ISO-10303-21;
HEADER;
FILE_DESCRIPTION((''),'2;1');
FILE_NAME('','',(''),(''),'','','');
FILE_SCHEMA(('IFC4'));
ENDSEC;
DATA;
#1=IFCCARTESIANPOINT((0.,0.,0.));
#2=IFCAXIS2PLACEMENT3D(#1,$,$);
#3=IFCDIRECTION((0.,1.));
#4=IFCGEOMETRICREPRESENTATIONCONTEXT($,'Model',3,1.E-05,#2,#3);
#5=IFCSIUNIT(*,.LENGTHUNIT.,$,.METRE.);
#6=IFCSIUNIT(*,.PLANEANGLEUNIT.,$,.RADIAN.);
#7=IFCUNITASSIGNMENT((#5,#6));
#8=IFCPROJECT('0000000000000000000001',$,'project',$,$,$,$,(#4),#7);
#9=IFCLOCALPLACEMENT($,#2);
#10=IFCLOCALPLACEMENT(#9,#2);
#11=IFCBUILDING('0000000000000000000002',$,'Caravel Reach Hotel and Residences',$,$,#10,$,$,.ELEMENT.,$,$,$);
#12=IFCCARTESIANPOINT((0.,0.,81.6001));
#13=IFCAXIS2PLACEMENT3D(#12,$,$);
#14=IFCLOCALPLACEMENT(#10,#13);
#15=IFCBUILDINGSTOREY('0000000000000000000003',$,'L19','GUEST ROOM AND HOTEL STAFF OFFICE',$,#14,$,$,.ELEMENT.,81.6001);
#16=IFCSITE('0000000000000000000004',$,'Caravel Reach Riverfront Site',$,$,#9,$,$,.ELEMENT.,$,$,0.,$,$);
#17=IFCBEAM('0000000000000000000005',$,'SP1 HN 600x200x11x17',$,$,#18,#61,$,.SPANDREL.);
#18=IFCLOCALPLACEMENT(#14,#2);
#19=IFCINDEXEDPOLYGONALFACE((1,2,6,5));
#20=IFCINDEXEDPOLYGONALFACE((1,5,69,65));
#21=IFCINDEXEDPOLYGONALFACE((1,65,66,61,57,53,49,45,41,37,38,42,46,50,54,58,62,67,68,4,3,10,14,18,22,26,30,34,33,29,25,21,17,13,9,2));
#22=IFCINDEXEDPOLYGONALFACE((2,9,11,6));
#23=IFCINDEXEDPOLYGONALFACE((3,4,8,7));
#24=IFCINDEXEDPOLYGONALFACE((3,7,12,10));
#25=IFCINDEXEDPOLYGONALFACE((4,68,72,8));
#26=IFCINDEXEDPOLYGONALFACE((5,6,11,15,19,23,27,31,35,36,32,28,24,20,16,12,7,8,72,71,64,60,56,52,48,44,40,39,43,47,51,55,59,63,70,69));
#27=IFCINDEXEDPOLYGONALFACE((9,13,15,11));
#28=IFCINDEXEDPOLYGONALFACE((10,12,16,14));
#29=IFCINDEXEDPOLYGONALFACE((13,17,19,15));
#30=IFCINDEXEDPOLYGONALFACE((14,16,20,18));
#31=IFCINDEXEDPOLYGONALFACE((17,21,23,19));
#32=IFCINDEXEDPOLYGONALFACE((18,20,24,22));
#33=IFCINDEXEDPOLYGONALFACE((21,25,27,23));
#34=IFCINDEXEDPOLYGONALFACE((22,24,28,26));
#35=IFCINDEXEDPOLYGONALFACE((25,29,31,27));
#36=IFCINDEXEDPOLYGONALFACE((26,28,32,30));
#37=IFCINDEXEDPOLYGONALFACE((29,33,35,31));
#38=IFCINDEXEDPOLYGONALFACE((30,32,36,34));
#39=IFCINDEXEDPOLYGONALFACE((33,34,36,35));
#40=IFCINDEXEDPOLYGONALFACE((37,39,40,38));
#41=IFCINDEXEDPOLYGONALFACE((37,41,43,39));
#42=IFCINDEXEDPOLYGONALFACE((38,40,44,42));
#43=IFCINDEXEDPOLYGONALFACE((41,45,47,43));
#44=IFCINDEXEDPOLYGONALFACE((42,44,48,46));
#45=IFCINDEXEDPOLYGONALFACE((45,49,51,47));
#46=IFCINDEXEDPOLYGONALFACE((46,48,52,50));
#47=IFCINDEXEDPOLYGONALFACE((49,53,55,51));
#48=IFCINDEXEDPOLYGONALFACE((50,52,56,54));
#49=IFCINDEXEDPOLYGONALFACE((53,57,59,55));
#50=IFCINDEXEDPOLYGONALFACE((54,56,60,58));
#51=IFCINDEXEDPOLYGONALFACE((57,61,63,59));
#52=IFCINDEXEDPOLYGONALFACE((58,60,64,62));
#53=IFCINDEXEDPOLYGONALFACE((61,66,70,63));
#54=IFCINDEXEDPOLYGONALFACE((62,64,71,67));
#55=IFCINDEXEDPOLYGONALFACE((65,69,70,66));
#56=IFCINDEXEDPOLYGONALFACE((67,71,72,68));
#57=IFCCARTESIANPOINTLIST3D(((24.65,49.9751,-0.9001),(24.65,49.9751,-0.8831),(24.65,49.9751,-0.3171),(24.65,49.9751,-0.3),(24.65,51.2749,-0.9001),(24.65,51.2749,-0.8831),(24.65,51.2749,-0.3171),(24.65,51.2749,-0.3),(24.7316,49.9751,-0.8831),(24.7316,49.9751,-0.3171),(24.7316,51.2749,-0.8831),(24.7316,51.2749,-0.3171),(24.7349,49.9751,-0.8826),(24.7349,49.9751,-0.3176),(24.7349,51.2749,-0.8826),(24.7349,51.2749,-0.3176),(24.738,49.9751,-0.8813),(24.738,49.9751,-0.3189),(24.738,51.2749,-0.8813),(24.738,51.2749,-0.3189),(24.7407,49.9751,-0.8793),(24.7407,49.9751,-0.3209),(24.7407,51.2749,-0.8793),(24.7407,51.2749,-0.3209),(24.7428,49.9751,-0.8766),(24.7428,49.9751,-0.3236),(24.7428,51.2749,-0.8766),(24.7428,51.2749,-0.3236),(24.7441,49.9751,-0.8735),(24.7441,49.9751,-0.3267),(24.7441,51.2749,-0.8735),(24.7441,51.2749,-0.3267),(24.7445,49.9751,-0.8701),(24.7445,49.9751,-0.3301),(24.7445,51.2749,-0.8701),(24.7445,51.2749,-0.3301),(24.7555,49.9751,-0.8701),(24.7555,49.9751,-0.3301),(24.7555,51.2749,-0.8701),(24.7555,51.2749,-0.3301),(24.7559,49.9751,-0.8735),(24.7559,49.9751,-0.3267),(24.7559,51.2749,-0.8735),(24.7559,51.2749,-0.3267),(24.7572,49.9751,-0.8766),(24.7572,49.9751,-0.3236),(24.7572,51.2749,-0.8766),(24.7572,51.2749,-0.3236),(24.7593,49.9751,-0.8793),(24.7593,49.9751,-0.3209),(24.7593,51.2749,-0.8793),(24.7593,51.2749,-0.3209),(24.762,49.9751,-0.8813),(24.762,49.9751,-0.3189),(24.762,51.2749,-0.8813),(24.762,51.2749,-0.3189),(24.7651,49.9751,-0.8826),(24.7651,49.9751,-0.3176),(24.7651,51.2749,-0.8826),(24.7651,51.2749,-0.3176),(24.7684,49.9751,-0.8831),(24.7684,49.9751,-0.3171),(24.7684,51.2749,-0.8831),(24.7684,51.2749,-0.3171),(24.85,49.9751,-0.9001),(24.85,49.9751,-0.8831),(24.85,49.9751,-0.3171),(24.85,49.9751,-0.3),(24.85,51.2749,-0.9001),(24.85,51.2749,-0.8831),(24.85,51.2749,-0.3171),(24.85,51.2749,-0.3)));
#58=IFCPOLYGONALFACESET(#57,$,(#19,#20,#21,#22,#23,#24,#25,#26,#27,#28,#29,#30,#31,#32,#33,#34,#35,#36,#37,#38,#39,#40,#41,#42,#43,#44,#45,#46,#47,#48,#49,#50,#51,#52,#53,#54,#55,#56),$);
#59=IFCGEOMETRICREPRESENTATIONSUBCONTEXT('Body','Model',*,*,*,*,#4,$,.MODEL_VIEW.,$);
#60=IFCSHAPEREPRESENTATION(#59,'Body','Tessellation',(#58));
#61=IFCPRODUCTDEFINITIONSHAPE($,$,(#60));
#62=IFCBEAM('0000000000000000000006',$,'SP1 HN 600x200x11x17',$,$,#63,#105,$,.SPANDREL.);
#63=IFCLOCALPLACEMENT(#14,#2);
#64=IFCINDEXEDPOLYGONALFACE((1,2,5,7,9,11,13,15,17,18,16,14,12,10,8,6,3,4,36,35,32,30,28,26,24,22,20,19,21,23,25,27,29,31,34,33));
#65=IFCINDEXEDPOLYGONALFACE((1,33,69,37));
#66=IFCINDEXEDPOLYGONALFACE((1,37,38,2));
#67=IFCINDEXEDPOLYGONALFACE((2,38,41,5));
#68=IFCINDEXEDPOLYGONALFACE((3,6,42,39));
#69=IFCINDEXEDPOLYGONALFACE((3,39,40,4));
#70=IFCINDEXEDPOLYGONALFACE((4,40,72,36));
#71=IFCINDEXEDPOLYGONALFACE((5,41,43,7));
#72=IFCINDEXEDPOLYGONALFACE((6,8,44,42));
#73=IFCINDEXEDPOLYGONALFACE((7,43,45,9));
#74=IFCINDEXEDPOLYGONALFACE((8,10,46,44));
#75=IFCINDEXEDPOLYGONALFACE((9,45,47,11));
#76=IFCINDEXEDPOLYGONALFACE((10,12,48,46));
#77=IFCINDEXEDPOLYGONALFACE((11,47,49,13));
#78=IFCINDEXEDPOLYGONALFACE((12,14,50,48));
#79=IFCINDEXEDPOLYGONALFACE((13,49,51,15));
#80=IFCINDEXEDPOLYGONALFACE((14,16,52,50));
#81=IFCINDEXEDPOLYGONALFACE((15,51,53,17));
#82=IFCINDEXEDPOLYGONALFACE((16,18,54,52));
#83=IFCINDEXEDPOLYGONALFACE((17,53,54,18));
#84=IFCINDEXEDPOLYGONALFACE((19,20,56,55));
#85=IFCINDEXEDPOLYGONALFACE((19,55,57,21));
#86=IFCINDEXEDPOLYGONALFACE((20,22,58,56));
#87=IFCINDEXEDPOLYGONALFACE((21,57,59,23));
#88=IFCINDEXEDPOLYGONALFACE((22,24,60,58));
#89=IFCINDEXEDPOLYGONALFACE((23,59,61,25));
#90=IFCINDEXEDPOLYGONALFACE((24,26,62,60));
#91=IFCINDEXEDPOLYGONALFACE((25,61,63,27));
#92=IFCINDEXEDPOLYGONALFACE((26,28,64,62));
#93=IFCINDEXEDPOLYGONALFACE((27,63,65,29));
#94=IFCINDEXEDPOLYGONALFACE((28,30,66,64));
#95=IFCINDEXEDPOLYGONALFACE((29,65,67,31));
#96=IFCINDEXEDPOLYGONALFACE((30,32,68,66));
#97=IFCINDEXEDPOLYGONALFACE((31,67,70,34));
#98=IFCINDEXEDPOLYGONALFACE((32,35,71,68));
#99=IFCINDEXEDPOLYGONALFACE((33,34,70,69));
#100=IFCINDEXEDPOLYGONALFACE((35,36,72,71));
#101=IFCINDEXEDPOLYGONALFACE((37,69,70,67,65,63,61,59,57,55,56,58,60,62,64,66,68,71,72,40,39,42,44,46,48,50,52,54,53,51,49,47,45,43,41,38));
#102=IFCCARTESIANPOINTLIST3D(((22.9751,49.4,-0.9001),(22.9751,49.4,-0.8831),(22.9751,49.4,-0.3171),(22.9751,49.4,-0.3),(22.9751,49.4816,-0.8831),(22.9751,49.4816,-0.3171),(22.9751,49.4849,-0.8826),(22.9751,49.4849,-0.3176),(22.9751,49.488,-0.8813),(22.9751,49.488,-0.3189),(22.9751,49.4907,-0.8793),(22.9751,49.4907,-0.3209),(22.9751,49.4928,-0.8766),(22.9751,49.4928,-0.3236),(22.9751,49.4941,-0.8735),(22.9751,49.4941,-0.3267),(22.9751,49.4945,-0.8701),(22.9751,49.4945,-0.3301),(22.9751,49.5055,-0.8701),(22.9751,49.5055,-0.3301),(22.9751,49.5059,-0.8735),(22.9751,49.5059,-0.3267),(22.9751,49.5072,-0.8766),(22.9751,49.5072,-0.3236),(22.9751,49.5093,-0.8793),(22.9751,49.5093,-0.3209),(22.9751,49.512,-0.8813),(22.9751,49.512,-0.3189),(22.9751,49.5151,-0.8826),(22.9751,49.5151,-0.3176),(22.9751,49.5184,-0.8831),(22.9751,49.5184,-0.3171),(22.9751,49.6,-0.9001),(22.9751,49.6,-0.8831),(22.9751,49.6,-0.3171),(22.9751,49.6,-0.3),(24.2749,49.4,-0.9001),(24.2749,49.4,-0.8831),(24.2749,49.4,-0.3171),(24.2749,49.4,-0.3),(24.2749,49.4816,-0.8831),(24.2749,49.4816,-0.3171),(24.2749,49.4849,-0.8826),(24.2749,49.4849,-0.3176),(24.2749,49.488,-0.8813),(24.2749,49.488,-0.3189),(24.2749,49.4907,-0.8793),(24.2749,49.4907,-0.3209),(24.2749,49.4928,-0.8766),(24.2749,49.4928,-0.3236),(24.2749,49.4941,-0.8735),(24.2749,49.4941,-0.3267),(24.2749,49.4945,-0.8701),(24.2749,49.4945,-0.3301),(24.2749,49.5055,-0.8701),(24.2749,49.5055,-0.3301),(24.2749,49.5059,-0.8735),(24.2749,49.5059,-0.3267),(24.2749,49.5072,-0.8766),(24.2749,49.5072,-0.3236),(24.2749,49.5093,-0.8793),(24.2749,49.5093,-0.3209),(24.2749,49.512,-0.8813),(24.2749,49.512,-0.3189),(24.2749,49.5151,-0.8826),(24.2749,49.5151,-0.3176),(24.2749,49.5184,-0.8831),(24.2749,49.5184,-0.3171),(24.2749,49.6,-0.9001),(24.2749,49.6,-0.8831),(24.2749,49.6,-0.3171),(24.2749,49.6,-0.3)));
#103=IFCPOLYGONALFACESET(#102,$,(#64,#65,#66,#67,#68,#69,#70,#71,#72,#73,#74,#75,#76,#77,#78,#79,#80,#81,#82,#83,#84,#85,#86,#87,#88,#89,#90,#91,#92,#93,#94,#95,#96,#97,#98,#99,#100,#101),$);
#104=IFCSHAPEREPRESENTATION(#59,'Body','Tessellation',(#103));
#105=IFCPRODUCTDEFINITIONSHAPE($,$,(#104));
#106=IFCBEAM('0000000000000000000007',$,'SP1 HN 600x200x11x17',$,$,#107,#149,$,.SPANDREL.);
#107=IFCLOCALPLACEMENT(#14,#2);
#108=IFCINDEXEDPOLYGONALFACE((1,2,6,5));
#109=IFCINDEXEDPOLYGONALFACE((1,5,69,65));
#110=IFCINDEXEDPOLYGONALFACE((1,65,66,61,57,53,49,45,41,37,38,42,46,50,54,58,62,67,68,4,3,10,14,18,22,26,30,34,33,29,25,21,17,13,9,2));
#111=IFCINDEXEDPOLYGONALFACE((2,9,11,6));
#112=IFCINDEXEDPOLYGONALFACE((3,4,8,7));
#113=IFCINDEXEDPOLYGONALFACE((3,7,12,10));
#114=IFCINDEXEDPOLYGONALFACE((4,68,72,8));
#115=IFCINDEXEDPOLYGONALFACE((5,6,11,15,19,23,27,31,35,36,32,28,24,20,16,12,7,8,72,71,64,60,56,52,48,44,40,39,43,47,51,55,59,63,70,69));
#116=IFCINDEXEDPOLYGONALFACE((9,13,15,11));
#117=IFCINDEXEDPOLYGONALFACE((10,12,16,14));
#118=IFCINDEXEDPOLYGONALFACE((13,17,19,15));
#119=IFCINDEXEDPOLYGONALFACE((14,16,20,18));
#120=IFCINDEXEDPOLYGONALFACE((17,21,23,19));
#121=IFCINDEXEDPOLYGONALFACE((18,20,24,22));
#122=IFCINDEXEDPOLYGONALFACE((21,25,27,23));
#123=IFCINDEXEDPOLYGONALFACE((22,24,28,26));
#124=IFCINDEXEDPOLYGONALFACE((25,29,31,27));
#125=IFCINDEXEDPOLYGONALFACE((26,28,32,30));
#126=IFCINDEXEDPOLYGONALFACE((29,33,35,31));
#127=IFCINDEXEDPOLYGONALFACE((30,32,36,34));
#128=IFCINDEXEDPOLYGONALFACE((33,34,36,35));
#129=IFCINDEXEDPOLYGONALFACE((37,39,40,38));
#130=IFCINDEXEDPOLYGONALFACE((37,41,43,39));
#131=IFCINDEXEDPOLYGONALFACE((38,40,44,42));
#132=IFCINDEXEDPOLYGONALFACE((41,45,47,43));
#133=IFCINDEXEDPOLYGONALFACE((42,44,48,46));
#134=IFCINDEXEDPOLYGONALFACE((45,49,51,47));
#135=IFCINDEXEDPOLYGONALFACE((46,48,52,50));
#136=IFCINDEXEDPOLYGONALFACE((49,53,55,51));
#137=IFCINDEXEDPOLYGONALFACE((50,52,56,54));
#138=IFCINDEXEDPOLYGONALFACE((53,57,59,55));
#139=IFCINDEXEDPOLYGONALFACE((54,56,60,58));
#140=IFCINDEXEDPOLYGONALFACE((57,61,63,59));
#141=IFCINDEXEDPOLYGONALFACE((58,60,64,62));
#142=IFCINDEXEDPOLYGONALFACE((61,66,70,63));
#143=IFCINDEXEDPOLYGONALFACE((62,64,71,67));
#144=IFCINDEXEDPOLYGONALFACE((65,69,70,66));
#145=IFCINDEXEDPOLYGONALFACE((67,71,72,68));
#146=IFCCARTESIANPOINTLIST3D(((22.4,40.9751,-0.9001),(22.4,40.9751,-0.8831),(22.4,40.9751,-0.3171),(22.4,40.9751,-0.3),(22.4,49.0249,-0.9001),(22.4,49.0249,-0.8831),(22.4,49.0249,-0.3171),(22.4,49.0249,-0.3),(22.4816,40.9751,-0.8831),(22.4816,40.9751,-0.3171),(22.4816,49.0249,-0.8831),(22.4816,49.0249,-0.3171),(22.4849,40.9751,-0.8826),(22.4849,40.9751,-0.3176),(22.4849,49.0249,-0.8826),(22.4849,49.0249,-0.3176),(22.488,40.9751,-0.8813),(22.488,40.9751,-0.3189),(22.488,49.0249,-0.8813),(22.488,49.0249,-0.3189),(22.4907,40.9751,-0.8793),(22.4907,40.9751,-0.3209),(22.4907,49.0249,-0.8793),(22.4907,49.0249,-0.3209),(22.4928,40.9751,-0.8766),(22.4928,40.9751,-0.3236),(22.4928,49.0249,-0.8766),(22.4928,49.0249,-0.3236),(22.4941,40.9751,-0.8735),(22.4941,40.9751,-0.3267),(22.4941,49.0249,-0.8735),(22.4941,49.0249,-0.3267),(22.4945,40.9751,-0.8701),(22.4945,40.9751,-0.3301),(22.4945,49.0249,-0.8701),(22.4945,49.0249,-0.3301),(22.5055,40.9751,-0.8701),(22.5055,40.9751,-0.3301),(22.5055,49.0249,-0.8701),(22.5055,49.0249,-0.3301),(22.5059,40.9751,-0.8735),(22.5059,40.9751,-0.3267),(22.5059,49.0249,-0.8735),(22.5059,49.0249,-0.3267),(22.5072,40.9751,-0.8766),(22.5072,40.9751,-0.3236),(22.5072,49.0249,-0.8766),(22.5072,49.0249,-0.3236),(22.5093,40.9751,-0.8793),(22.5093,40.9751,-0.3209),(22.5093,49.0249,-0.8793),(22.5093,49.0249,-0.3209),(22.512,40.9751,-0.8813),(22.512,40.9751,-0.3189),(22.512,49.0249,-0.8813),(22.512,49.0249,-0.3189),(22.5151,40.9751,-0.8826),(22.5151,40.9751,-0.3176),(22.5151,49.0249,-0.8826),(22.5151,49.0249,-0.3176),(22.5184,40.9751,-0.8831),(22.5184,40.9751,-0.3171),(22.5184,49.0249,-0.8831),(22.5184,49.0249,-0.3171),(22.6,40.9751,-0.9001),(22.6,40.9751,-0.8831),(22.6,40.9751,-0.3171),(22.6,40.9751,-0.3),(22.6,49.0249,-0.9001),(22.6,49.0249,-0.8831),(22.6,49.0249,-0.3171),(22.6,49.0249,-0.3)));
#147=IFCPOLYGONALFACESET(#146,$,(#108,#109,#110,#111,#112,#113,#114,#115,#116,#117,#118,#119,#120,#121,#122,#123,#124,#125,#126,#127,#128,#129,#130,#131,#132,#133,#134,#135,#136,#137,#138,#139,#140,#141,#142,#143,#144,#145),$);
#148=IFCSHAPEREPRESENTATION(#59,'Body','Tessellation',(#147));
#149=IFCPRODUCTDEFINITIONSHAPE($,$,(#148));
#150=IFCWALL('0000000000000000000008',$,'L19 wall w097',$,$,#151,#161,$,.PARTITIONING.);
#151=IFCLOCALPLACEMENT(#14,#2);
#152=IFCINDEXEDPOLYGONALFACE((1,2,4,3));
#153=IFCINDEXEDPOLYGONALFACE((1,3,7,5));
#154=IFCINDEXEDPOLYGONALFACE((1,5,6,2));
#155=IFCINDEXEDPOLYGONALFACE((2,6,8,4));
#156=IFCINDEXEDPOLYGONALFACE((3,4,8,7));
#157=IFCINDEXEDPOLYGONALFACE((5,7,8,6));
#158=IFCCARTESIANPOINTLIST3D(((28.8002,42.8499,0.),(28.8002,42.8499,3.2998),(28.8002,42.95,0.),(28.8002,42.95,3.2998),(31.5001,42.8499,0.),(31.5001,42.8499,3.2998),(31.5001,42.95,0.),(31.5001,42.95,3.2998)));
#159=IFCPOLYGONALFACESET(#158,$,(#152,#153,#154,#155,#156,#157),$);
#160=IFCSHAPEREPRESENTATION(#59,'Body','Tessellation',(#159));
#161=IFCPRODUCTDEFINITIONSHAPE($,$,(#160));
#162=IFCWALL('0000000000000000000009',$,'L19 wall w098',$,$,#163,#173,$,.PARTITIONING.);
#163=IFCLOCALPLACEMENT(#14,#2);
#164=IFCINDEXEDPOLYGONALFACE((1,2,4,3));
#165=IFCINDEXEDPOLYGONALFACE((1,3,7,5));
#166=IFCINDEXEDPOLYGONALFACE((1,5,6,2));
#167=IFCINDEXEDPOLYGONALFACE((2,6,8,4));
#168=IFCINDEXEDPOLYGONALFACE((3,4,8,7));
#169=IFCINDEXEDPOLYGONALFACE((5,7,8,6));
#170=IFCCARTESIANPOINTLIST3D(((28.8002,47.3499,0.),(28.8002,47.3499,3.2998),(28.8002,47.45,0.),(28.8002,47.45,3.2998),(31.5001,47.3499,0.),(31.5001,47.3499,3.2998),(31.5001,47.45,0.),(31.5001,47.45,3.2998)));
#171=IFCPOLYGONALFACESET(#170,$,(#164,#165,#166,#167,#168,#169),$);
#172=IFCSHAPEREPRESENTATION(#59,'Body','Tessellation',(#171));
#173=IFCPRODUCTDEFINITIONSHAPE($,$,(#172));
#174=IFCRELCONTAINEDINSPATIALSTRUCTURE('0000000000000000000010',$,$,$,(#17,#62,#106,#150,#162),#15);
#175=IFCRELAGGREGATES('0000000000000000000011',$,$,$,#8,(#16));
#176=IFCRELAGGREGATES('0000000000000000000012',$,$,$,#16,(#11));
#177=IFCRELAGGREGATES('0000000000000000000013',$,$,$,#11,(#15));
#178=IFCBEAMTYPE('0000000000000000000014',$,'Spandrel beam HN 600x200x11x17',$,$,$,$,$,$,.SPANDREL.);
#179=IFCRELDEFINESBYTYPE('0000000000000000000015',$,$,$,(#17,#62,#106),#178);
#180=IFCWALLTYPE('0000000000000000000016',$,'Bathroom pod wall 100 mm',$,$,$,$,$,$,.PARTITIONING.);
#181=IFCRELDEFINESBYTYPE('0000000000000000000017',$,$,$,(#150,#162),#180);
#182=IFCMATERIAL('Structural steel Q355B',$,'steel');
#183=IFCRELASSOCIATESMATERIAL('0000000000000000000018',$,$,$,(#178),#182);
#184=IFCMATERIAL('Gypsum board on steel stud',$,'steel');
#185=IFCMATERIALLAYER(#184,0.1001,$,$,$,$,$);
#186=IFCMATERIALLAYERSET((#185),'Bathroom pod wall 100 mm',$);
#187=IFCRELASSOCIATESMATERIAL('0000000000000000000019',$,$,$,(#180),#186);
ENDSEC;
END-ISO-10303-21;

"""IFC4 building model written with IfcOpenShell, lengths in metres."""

from ifc_helpers import new_model, si_unit, direction, frame, frame_2d, origin, origin_2d, place, context, subcontext, project, spatial, rectangle, i_section, extrude, material, layer, layer_set, material_profile, profile_set, type_object, element, save


model = new_model("IFC4")

# Units and contexts
model_context = context("Model", 3, precision=1e-05, world=origin(), true_north=direction((0.0, 1.0)))
body_context = subcontext(model_context, "Body", "Model", "MODEL_VIEW")
ifc_project = project(units=[si_unit("LENGTHUNIT", "METRE"), si_unit("PLANEANGLEUNIT", "RADIAN")], contexts=[model_context])

# Site, building, storey
site_placement = place(None, origin())
site = spatial("IfcSite", under=ifc_project, at=site_placement, Name="Caravel Reach Riverfront Site", CompositionType="ELEMENT", RefElevation=0.0)
building_placement = place(site_placement, origin())
building = spatial("IfcBuilding", under=site, at=building_placement, Name="Caravel Reach Hotel and Residences", CompositionType="ELEMENT")
storey_placement = place(building_placement, frame((0.0, 0.0, 81.6001)))
storey = spatial("IfcBuildingStorey", under=building, at=storey_placement, Name="L19", Description="GUEST ROOM AND HOTEL STAFF OFFICE", CompositionType="ELEMENT", Elevation=81.6001)

# Beams
ifc_material_1 = material(Name="Structural steel Q355B", Category="steel")
ifc_material_profile_1 = material_profile(ifc_material_1, i_section(OverallWidth=0.2, OverallDepth=0.6001, WebThickness=0.011, FlangeThickness=0.0171, FilletRadius=0.0129, at=origin_2d()), Name="HN 600x200x11x17")
ifc_profile_set_1 = profile_set([ifc_material_profile_1], Name="Structural steel Q355B")
beam_type = type_object("IfcBeamType", Name="Spandrel beam HN 600x200x11x17", PredefinedType="SPANDREL", material=ifc_profile_set_1)
for number, where, z_axis, x_axis, name in (
    (1, (24.75, 51.2749, -0.6001), (0.0, -1.0, 0.0), (1.0, 0.0, 0.0), "SP1 HN 600x200x11x17"),
    (2, (24.2749, 49.5, -0.6001), (-1.0, 0.0, 0.0), (0.0, -1.0, 0.0), "SP1 HN 600x200x11x17"),
):
    element("IfcBeam", number, at=place(storey_placement, frame(where, z_axis=z_axis, x_axis=x_axis)), inside=storey, type_object=beam_type, Name=name, PredefinedType="SPANDREL", context=body_context, shape_type="SweptSolid", body=[
        extrude(i_section(OverallWidth=0.2, OverallDepth=0.6001, WebThickness=0.011, FlangeThickness=0.0171, FilletRadius=0.0129, at=origin_2d()), origin(), (0.0, 0.0, 1.0), 1.2998),
    ])
beam_placement = place(storey_placement, frame((22.5, 49.0249, -0.6001), z_axis=(0.0, -1.0, 0.0), x_axis=(1.0, 0.0, 0.0)))
element("IfcBeam", 3, at=beam_placement, inside=storey, type_object=beam_type, Name="SP1 HN 600x200x11x17", PredefinedType="SPANDREL", context=body_context, shape_type="SweptSolid", body=[
    extrude(i_section(OverallWidth=0.2, OverallDepth=0.6001, WebThickness=0.011, FlangeThickness=0.0171, FilletRadius=0.0129, at=origin_2d()), origin(), (0.0, 0.0, 1.0), 8.0498),
])

# Walls
ifc_material_2 = material(Name="Gypsum board on steel stud", Category="steel")
ifc_layer_1 = layer(ifc_material_2, 0.1001)
ifc_layer_set_1 = layer_set([ifc_layer_1], Name="Bathroom pod wall 100 mm")
wall_type_1 = type_object("IfcWallType", Name="Bathroom pod wall 100 mm", PredefinedType="PARTITIONING", material=ifc_layer_set_1)
for number, where, z_axis, x_axis, name in (
    (4, (28.8, 42.8999, 0.0), (0.0, 0.0, 1.0), (1.0, 0.0, 0.0), "L19 wall w097"),
    (5, (28.8, 47.3999, 0.0), (0.0, 0.0, 1.0), (1.0, 0.0, 0.0), "L19 wall w098"),
):
    element("IfcWall", number, at=place(storey_placement, frame(where, z_axis=z_axis, x_axis=x_axis)), inside=storey, type_object=wall_type_1, Name=name, PredefinedType="PARTITIONING", context=body_context, shape_type="SweptSolid", body=[
        extrude(rectangle(XDim=2.7, YDim=0.1001, at=frame_2d((1.3501, 0.0))), origin(), (0.0, 0.0, 1.0), 3.2998),
    ])

save(model, "model.ifc")
